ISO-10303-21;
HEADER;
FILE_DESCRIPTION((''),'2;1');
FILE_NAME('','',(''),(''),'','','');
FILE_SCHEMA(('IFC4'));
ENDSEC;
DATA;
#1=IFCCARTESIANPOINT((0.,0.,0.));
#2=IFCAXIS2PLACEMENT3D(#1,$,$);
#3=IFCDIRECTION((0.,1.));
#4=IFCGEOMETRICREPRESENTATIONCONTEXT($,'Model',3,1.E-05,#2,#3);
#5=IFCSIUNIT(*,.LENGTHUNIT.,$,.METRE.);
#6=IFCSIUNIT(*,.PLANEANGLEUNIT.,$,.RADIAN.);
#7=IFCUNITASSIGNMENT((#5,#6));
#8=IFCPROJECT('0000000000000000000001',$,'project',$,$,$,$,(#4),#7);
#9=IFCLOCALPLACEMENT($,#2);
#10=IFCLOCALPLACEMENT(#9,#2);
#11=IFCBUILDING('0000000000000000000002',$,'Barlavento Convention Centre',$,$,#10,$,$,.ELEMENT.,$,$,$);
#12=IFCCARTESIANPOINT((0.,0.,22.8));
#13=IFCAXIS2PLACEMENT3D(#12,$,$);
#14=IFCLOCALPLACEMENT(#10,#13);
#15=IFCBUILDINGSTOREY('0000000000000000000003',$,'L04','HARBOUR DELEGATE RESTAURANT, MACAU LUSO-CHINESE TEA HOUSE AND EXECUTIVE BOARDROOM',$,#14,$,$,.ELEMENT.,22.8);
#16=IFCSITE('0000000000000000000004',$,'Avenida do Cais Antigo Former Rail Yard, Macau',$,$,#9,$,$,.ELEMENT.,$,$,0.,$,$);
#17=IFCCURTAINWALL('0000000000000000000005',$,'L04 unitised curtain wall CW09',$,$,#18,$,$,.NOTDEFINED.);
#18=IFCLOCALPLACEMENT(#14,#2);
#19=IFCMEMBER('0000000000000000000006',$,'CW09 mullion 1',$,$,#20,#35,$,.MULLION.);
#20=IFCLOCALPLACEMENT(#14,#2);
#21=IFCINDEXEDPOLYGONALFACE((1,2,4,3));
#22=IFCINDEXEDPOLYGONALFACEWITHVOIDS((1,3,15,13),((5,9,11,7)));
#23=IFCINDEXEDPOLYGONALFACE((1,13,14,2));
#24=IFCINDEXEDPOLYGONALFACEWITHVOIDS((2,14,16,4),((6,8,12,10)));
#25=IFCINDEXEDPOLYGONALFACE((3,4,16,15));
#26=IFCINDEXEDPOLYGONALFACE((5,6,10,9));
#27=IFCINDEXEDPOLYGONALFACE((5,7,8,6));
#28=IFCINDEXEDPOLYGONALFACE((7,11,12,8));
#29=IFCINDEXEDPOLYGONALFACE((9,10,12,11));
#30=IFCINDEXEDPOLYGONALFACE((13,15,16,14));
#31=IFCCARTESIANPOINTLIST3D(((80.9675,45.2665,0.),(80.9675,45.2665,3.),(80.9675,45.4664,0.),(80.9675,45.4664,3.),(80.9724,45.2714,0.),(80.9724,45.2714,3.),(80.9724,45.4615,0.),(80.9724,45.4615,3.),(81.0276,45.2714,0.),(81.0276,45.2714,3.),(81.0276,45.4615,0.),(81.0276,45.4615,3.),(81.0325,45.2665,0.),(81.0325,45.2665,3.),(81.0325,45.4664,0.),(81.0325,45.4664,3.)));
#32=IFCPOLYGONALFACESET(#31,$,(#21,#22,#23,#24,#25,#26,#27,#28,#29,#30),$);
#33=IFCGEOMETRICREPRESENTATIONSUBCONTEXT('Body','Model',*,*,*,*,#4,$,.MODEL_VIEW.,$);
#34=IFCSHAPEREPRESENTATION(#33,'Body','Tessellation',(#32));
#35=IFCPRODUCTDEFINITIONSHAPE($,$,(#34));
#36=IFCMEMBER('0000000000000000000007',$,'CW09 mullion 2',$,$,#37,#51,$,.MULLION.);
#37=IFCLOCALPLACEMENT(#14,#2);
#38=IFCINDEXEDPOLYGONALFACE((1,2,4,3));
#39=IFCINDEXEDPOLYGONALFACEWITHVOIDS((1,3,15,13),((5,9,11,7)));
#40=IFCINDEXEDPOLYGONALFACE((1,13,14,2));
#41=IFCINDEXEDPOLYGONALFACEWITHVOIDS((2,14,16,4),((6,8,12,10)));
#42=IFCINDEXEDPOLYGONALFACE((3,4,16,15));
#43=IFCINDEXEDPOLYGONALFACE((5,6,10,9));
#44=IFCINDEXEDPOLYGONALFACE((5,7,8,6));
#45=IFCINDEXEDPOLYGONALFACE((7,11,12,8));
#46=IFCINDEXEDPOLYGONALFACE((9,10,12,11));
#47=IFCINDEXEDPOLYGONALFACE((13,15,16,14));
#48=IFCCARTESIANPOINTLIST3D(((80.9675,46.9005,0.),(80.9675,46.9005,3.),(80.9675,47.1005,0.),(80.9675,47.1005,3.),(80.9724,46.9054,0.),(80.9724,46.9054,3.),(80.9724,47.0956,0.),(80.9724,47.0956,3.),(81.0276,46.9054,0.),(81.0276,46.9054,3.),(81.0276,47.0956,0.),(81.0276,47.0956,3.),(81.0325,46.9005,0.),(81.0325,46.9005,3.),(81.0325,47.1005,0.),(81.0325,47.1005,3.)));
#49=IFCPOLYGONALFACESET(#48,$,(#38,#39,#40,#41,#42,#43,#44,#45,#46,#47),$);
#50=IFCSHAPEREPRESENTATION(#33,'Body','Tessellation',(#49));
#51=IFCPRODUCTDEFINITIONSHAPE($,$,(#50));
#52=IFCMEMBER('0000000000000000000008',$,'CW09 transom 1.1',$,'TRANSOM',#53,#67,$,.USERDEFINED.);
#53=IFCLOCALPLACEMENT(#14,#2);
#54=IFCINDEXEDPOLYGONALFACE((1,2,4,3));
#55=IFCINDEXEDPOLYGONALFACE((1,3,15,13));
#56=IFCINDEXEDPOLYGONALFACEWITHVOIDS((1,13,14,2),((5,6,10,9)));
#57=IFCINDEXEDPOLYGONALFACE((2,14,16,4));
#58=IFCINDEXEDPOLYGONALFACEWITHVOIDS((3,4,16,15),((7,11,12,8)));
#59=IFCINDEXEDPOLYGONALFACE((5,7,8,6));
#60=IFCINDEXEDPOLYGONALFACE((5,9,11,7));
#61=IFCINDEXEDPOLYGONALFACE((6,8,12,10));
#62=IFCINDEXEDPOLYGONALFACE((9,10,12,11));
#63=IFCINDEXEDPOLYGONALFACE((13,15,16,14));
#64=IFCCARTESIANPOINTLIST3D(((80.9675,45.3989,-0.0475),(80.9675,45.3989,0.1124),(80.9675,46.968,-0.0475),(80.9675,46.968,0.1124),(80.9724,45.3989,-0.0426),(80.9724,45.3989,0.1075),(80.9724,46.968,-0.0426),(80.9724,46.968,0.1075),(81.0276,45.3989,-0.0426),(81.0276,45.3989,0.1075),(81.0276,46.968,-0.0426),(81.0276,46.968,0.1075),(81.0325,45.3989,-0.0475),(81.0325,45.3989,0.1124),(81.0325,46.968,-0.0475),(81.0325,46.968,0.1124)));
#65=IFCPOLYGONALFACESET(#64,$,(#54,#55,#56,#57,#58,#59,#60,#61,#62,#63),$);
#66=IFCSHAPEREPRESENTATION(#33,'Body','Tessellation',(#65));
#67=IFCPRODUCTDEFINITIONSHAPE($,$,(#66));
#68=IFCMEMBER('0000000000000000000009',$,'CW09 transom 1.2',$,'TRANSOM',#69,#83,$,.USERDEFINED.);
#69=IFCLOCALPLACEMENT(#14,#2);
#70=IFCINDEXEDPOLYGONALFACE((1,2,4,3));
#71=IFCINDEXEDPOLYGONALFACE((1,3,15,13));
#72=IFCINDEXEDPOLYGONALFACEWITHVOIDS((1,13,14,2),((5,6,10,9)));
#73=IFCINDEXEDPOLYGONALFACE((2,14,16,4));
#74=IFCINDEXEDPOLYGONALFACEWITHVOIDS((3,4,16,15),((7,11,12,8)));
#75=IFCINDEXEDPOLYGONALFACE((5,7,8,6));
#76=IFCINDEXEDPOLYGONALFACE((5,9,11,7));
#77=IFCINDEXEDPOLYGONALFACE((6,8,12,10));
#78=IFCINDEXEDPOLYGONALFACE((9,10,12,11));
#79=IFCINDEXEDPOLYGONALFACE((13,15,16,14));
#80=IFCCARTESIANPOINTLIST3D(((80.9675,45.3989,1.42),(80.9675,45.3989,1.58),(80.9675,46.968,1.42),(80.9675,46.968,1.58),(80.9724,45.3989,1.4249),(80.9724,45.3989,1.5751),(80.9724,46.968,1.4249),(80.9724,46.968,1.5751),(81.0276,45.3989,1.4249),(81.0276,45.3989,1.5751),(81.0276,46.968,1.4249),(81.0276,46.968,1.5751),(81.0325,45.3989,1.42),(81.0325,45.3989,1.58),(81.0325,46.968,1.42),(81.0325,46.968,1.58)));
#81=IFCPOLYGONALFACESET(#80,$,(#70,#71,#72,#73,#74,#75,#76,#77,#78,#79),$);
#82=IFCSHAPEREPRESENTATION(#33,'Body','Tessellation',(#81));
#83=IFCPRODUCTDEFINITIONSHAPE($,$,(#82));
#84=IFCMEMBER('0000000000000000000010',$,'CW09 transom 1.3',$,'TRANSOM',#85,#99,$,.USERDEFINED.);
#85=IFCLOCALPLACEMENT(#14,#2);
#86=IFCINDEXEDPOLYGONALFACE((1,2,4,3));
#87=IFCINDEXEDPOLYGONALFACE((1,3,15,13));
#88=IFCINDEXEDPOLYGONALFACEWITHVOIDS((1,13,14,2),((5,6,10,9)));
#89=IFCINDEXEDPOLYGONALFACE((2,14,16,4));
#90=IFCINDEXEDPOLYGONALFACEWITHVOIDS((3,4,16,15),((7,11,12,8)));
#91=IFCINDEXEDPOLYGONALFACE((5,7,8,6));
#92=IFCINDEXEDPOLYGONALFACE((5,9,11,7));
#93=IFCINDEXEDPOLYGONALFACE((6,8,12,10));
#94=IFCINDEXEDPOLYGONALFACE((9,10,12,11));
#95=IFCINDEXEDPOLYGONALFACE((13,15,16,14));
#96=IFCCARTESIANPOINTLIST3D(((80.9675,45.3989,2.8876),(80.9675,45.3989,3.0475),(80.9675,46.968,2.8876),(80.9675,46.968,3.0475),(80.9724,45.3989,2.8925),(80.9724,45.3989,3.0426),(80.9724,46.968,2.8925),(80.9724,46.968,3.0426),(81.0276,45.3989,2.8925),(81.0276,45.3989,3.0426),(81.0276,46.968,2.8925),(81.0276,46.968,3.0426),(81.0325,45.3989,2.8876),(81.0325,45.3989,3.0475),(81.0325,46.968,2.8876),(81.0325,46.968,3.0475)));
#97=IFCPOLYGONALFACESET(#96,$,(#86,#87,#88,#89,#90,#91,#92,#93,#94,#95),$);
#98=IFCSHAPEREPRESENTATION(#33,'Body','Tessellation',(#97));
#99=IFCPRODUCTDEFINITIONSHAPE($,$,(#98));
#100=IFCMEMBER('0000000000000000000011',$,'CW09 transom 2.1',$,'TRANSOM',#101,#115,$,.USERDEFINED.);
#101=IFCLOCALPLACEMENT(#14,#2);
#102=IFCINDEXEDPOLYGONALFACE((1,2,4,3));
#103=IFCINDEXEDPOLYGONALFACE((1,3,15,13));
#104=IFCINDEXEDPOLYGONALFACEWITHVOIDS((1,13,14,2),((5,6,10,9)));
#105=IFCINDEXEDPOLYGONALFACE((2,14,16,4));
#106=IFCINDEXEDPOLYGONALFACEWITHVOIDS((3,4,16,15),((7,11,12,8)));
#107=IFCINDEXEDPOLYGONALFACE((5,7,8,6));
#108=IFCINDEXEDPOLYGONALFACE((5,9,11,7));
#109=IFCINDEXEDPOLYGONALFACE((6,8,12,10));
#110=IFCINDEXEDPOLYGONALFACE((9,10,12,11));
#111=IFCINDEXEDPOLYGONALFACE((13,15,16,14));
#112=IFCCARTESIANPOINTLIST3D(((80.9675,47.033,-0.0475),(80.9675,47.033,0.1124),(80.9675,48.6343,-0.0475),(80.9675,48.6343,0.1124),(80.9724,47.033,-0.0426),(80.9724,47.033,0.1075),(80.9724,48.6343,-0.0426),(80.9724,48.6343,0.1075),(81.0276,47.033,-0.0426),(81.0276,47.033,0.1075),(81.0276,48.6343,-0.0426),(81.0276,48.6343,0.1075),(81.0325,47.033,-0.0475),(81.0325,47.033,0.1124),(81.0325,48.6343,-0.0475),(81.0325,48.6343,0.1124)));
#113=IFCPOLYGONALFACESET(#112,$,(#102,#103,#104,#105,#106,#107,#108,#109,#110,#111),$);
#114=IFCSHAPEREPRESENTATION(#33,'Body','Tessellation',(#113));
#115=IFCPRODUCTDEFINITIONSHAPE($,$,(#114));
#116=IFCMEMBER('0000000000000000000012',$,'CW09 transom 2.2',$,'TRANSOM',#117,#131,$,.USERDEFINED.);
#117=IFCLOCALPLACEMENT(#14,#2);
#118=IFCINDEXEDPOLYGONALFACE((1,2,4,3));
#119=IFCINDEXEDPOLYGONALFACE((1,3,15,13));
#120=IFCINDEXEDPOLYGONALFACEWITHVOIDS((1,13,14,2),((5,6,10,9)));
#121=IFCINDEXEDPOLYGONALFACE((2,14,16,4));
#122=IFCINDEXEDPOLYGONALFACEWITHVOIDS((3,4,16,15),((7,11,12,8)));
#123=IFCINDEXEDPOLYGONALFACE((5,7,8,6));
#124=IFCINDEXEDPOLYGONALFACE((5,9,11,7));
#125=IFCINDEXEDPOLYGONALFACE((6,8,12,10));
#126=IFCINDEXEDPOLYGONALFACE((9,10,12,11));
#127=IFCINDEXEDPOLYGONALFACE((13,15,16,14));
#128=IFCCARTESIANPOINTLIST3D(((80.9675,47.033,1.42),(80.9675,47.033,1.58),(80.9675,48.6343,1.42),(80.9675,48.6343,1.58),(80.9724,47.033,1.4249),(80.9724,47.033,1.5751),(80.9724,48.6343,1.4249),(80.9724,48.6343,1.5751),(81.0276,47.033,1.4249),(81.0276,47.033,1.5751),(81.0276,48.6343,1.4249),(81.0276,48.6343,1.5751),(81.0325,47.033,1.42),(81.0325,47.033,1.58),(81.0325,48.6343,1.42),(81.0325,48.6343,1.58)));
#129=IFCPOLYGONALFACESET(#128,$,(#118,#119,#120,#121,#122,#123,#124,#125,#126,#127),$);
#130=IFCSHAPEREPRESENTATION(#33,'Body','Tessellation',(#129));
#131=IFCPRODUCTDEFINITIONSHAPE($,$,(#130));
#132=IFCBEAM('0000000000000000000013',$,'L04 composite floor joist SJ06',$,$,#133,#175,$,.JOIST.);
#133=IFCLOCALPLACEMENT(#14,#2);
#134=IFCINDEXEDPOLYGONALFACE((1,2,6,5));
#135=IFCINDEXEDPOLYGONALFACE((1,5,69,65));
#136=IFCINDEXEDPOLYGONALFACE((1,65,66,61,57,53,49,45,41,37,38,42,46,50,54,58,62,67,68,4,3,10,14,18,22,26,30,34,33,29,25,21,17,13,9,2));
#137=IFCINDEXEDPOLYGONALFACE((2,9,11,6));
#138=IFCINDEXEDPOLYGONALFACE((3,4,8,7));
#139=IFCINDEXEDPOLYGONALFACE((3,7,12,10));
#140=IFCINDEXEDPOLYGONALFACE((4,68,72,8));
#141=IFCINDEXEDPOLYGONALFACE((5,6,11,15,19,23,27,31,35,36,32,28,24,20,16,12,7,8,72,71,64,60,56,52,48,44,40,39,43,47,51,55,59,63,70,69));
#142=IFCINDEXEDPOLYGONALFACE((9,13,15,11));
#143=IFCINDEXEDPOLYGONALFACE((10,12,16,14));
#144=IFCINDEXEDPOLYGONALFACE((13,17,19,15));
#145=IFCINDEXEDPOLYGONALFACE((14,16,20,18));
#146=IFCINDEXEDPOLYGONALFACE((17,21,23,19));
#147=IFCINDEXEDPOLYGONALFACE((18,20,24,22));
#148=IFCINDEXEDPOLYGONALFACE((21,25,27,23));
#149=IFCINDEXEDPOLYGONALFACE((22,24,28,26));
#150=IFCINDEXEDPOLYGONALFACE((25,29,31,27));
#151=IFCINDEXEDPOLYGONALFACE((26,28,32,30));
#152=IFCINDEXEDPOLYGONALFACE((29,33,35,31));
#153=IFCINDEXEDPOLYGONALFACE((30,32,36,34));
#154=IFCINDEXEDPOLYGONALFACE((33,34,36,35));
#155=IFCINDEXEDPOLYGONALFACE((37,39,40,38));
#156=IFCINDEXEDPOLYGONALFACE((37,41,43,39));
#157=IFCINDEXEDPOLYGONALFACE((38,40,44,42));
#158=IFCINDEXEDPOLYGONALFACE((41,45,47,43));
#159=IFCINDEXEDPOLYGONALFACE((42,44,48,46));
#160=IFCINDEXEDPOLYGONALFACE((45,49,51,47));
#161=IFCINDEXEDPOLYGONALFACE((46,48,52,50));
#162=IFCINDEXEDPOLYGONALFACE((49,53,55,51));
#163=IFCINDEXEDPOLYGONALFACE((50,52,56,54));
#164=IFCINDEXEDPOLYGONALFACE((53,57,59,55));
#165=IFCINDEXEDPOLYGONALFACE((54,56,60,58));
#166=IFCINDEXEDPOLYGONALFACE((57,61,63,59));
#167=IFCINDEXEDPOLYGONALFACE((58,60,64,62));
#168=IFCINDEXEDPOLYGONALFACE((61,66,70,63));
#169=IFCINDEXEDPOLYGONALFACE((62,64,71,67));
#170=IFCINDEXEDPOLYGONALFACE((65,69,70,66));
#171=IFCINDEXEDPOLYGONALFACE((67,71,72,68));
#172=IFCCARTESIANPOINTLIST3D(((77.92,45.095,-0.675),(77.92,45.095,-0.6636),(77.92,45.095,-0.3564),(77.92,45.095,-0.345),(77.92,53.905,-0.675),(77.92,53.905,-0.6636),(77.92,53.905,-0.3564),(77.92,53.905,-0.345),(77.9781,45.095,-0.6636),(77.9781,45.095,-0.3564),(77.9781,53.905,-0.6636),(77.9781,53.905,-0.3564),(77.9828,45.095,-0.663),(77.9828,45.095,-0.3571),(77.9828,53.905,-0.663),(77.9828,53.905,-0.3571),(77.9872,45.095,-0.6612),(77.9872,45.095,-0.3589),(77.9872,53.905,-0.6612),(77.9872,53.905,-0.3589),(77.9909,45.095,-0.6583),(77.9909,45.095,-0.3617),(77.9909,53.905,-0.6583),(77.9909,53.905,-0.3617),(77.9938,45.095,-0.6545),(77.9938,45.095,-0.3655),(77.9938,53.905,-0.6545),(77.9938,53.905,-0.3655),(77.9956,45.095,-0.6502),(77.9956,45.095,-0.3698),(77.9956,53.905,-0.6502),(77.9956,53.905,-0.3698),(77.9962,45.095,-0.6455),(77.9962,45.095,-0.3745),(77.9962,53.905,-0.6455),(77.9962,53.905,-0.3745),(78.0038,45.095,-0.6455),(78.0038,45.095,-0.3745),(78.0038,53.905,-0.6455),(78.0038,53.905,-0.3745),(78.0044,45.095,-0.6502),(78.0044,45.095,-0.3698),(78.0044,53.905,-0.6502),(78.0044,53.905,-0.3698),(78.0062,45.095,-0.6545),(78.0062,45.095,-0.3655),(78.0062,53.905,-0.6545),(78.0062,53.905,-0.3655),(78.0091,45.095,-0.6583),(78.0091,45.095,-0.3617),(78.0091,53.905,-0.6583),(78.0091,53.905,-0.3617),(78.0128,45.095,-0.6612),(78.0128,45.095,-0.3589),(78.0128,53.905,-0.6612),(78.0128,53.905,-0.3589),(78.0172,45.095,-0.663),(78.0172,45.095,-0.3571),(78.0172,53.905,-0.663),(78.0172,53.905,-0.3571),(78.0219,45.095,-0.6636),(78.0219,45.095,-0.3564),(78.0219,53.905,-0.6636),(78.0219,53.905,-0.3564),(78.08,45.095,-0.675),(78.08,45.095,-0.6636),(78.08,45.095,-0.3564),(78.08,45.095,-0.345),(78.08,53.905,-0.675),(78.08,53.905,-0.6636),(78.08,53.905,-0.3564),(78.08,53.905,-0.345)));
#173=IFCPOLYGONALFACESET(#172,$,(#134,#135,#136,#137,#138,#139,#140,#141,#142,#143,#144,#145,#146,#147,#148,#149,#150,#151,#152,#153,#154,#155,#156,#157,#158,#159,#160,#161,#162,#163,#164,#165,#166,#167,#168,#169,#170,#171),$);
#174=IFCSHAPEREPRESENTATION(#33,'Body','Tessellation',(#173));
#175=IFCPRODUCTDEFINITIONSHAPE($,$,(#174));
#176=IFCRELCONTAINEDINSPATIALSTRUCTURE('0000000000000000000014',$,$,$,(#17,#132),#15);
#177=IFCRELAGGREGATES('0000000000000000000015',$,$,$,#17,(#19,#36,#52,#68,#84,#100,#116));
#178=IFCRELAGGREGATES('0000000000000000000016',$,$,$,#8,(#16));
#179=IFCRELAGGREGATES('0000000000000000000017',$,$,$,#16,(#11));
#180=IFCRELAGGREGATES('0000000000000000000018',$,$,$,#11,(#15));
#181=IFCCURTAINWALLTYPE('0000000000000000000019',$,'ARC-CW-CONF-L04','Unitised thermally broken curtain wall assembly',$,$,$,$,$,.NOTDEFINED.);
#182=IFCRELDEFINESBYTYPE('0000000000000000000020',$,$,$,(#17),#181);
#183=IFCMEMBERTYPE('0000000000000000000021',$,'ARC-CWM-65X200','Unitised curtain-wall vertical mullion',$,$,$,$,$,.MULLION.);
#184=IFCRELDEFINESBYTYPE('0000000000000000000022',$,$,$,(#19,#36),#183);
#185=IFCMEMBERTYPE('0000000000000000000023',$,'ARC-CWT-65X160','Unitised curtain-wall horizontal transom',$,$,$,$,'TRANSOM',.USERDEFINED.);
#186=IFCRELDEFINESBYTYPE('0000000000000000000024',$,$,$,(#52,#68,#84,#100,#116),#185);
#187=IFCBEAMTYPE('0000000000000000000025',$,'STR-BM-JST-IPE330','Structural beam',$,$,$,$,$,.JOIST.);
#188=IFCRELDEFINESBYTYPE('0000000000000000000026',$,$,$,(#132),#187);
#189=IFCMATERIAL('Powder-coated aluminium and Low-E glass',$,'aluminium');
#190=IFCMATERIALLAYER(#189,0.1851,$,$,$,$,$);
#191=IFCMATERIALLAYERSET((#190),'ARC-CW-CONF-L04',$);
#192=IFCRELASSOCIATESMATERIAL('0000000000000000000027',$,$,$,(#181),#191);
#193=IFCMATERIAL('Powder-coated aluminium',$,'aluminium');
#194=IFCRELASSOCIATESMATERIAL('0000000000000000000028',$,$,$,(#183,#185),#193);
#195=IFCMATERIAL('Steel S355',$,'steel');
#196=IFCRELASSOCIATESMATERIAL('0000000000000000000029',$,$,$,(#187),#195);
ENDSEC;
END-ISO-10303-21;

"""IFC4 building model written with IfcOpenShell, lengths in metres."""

from ifc_helpers import new_model, si_unit, direction, frame, origin, origin_2d, place, context, subcontext, project, spatial, hollow_rectangle, i_section, extrude, material, layer, layer_set, material_profile, profile_set, type_object, element, aggregate, save


model = new_model("IFC4")

# Units and contexts
model_context = context("Model", 3, precision=1e-05, world=origin(), true_north=direction((0.0, 1.0)))
body_context = subcontext(model_context, "Body", "Model", "MODEL_VIEW")
ifc_project = project(units=[si_unit("LENGTHUNIT", "METRE"), si_unit("PLANEANGLEUNIT", "RADIAN")], contexts=[model_context])

# Site, building, storey
site_placement = place(None, origin())
site = spatial("IfcSite", under=ifc_project, at=site_placement, Name="Avenida do Cais Antigo Former Rail Yard, Macau", CompositionType="ELEMENT", RefElevation=0.0)
building_placement = place(site_placement, origin())
building = spatial("IfcBuilding", under=site, at=building_placement, Name="Barlavento Convention Centre", CompositionType="ELEMENT")
storey_placement = place(building_placement, frame((0.0, 0.0, 22.8)))
storey = spatial("IfcBuildingStorey", under=building, at=storey_placement, Name="L04", Description="HARBOUR DELEGATE RESTAURANT, MACAU LUSO-CHINESE TEA HOUSE AND EXECUTIVE BOARDROOM", CompositionType="ELEMENT", Elevation=22.8)

# Curtain wall, members
ifc_material_1 = material(Name="Powder-coated aluminium and Low-E glass", Category="aluminium")
ifc_layer_1 = layer(ifc_material_1, 0.1851)
ifc_layer_set_1 = layer_set([ifc_layer_1], Name="ARC-CW-CONF-L04")
curtain_wall_type = type_object("IfcCurtainWallType", Name="ARC-CW-CONF-L04", Description="Unitised thermally broken curtain wall assembly", PredefinedType="NOTDEFINED", material=ifc_layer_set_1)
curtain_wall_placement = place(storey_placement, origin())
curtain_wall = element("IfcCurtainWall", 1, at=curtain_wall_placement, inside=storey, type_object=curtain_wall_type, Name="L04 unitised curtain wall CW09", PredefinedType="NOTDEFINED")
ifc_material_2 = material(Name="Powder-coated aluminium", Category="aluminium")
ifc_material_profile_1 = material_profile(ifc_material_2, hollow_rectangle(XDim=0.0649, YDim=0.2, WallThickness=0.0049, at=origin_2d()), Name="AL-MULL 65x200x5")
ifc_profile_set_1 = profile_set([ifc_material_profile_1], Name="Powder-coated aluminium")
member_type_1 = type_object("IfcMemberType", Name="ARC-CWM-65X200", Description="Unitised curtain-wall vertical mullion", PredefinedType="MULLION", material=ifc_profile_set_1)
member_1_placement = place(storey_placement, frame((81.0, 45.3665, 0.0), z_axis=(0.0, 0.0, 1.0), x_axis=(-1.0, 0.0, 0.0)))
member_1 = element("IfcMember", 2, at=member_1_placement, type_object=member_type_1, Name="CW09 mullion 1", PredefinedType="MULLION", context=body_context, shape_type="SweptSolid", body=[
    extrude(hollow_rectangle(XDim=0.0649, YDim=0.2, WallThickness=0.0049, at=origin_2d()), origin(), (0.0, 0.0, 1.0), 3.0),
])
member_2_placement = place(storey_placement, frame((81.0, 47.0005, 0.0), z_axis=(0.0, 0.0, 1.0), x_axis=(-1.0, 0.0, 0.0)))
member_2 = element("IfcMember", 3, at=member_2_placement, type_object=member_type_1, Name="CW09 mullion 2", PredefinedType="MULLION", context=body_context, shape_type="SweptSolid", body=[
    extrude(hollow_rectangle(XDim=0.0649, YDim=0.2, WallThickness=0.0049, at=origin_2d()), origin(), (0.0, 0.0, 1.0), 3.0),
])
ifc_material_profile_2 = material_profile(ifc_material_2, hollow_rectangle(XDim=0.0649, YDim=0.1599, WallThickness=0.0049, at=origin_2d()), Name="AL-TRAN 65x160x5")
ifc_profile_set_2 = profile_set([ifc_material_profile_2], Name="Powder-coated aluminium")
member_type_2 = type_object("IfcMemberType", Name="ARC-CWT-65X160", Description="Unitised curtain-wall horizontal transom", ElementType="TRANSOM", PredefinedType="USERDEFINED", material=ifc_profile_set_2)
member_3_placement = place(storey_placement, frame((81.0, 45.3989, 0.0325), z_axis=(0.0, 1.0, 0.0), x_axis=(-1.0, 0.0, 0.0)))
member_3 = element("IfcMember", 4, at=member_3_placement, type_object=member_type_2, Name="CW09 transom 1.1", ObjectType="TRANSOM", PredefinedType="USERDEFINED", context=body_context, shape_type="SweptSolid", body=[
    extrude(hollow_rectangle(XDim=0.0649, YDim=0.1599, WallThickness=0.0049, at=origin_2d()), origin(), (0.0, 0.0, 1.0), 1.5691),
])
member_4_placement = place(storey_placement, frame((81.0, 45.3989, 1.5), z_axis=(0.0, 1.0, 0.0), x_axis=(-1.0, 0.0, 0.0)))
member_4 = element("IfcMember", 5, at=member_4_placement, type_object=member_type_2, Name="CW09 transom 1.2", ObjectType="TRANSOM", PredefinedType="USERDEFINED", context=body_context, shape_type="SweptSolid", body=[
    extrude(hollow_rectangle(XDim=0.0649, YDim=0.1599, WallThickness=0.0049, at=origin_2d()), origin(), (0.0, 0.0, 1.0), 1.5691),
])
member_5_placement = place(storey_placement, frame((81.0, 45.3989, 2.9675), z_axis=(0.0, 1.0, 0.0), x_axis=(-1.0, 0.0, 0.0)))
member_5 = element("IfcMember", 6, at=member_5_placement, type_object=member_type_2, Name="CW09 transom 1.3", ObjectType="TRANSOM", PredefinedType="USERDEFINED", context=body_context, shape_type="SweptSolid", body=[
    extrude(hollow_rectangle(XDim=0.0649, YDim=0.1599, WallThickness=0.0049, at=origin_2d()), origin(), (0.0, 0.0, 1.0), 1.5691),
])
member_6_placement = place(storey_placement, frame((81.0, 47.033, 0.0325), z_axis=(0.0, 1.0, 0.0), x_axis=(-1.0, 0.0, 0.0)))
member_6 = element("IfcMember", 7, at=member_6_placement, type_object=member_type_2, Name="CW09 transom 2.1", ObjectType="TRANSOM", PredefinedType="USERDEFINED", context=body_context, shape_type="SweptSolid", body=[
    extrude(hollow_rectangle(XDim=0.0649, YDim=0.1599, WallThickness=0.0049, at=origin_2d()), origin(), (0.0, 0.0, 1.0), 1.6013),
])
member_7_placement = place(storey_placement, frame((81.0, 47.033, 1.5), z_axis=(0.0, 1.0, 0.0), x_axis=(-1.0, 0.0, 0.0)))
member_7 = element("IfcMember", 8, at=member_7_placement, type_object=member_type_2, Name="CW09 transom 2.2", ObjectType="TRANSOM", PredefinedType="USERDEFINED", context=body_context, shape_type="SweptSolid", body=[
    extrude(hollow_rectangle(XDim=0.0649, YDim=0.1599, WallThickness=0.0049, at=origin_2d()), origin(), (0.0, 0.0, 1.0), 1.6013),
])

# Beam
ifc_material_3 = material(Name="Steel S355", Category="steel")
ifc_material_profile_3 = material_profile(ifc_material_3, i_section(OverallWidth=0.1599, OverallDepth=0.3301, WebThickness=0.0076, FlangeThickness=0.0115, FilletRadius=0.0181, at=origin_2d()), Name="IPE 330")
ifc_profile_set_3 = profile_set([ifc_material_profile_3], Name="Steel S355")
beam_type_1 = type_object("IfcBeamType", Name="STR-BM-JST-IPE330", Description="Structural beam", PredefinedType="JOIST", material=ifc_profile_set_3)
beam_1_placement = place(storey_placement, frame((78.0, 45.095, -0.51), z_axis=(0.0, 1.0, 0.0), x_axis=(-1.0, 0.0, 0.0)))
element("IfcBeam", 9, at=beam_1_placement, inside=storey, type_object=beam_type_1, Name="L04 composite floor joist SJ06", PredefinedType="JOIST", context=body_context, shape_type="SweptSolid", body=[
    extrude(i_section(OverallWidth=0.1599, OverallDepth=0.3301, WebThickness=0.0076, FlangeThickness=0.0115, FilletRadius=0.0181, at=origin_2d()), origin(), (0.0, 0.0, 1.0), 8.8101),
])

aggregate(curtain_wall, [member_1, member_2, member_3, member_4, member_5, member_6, member_7])

save(model, "model.ifc")
